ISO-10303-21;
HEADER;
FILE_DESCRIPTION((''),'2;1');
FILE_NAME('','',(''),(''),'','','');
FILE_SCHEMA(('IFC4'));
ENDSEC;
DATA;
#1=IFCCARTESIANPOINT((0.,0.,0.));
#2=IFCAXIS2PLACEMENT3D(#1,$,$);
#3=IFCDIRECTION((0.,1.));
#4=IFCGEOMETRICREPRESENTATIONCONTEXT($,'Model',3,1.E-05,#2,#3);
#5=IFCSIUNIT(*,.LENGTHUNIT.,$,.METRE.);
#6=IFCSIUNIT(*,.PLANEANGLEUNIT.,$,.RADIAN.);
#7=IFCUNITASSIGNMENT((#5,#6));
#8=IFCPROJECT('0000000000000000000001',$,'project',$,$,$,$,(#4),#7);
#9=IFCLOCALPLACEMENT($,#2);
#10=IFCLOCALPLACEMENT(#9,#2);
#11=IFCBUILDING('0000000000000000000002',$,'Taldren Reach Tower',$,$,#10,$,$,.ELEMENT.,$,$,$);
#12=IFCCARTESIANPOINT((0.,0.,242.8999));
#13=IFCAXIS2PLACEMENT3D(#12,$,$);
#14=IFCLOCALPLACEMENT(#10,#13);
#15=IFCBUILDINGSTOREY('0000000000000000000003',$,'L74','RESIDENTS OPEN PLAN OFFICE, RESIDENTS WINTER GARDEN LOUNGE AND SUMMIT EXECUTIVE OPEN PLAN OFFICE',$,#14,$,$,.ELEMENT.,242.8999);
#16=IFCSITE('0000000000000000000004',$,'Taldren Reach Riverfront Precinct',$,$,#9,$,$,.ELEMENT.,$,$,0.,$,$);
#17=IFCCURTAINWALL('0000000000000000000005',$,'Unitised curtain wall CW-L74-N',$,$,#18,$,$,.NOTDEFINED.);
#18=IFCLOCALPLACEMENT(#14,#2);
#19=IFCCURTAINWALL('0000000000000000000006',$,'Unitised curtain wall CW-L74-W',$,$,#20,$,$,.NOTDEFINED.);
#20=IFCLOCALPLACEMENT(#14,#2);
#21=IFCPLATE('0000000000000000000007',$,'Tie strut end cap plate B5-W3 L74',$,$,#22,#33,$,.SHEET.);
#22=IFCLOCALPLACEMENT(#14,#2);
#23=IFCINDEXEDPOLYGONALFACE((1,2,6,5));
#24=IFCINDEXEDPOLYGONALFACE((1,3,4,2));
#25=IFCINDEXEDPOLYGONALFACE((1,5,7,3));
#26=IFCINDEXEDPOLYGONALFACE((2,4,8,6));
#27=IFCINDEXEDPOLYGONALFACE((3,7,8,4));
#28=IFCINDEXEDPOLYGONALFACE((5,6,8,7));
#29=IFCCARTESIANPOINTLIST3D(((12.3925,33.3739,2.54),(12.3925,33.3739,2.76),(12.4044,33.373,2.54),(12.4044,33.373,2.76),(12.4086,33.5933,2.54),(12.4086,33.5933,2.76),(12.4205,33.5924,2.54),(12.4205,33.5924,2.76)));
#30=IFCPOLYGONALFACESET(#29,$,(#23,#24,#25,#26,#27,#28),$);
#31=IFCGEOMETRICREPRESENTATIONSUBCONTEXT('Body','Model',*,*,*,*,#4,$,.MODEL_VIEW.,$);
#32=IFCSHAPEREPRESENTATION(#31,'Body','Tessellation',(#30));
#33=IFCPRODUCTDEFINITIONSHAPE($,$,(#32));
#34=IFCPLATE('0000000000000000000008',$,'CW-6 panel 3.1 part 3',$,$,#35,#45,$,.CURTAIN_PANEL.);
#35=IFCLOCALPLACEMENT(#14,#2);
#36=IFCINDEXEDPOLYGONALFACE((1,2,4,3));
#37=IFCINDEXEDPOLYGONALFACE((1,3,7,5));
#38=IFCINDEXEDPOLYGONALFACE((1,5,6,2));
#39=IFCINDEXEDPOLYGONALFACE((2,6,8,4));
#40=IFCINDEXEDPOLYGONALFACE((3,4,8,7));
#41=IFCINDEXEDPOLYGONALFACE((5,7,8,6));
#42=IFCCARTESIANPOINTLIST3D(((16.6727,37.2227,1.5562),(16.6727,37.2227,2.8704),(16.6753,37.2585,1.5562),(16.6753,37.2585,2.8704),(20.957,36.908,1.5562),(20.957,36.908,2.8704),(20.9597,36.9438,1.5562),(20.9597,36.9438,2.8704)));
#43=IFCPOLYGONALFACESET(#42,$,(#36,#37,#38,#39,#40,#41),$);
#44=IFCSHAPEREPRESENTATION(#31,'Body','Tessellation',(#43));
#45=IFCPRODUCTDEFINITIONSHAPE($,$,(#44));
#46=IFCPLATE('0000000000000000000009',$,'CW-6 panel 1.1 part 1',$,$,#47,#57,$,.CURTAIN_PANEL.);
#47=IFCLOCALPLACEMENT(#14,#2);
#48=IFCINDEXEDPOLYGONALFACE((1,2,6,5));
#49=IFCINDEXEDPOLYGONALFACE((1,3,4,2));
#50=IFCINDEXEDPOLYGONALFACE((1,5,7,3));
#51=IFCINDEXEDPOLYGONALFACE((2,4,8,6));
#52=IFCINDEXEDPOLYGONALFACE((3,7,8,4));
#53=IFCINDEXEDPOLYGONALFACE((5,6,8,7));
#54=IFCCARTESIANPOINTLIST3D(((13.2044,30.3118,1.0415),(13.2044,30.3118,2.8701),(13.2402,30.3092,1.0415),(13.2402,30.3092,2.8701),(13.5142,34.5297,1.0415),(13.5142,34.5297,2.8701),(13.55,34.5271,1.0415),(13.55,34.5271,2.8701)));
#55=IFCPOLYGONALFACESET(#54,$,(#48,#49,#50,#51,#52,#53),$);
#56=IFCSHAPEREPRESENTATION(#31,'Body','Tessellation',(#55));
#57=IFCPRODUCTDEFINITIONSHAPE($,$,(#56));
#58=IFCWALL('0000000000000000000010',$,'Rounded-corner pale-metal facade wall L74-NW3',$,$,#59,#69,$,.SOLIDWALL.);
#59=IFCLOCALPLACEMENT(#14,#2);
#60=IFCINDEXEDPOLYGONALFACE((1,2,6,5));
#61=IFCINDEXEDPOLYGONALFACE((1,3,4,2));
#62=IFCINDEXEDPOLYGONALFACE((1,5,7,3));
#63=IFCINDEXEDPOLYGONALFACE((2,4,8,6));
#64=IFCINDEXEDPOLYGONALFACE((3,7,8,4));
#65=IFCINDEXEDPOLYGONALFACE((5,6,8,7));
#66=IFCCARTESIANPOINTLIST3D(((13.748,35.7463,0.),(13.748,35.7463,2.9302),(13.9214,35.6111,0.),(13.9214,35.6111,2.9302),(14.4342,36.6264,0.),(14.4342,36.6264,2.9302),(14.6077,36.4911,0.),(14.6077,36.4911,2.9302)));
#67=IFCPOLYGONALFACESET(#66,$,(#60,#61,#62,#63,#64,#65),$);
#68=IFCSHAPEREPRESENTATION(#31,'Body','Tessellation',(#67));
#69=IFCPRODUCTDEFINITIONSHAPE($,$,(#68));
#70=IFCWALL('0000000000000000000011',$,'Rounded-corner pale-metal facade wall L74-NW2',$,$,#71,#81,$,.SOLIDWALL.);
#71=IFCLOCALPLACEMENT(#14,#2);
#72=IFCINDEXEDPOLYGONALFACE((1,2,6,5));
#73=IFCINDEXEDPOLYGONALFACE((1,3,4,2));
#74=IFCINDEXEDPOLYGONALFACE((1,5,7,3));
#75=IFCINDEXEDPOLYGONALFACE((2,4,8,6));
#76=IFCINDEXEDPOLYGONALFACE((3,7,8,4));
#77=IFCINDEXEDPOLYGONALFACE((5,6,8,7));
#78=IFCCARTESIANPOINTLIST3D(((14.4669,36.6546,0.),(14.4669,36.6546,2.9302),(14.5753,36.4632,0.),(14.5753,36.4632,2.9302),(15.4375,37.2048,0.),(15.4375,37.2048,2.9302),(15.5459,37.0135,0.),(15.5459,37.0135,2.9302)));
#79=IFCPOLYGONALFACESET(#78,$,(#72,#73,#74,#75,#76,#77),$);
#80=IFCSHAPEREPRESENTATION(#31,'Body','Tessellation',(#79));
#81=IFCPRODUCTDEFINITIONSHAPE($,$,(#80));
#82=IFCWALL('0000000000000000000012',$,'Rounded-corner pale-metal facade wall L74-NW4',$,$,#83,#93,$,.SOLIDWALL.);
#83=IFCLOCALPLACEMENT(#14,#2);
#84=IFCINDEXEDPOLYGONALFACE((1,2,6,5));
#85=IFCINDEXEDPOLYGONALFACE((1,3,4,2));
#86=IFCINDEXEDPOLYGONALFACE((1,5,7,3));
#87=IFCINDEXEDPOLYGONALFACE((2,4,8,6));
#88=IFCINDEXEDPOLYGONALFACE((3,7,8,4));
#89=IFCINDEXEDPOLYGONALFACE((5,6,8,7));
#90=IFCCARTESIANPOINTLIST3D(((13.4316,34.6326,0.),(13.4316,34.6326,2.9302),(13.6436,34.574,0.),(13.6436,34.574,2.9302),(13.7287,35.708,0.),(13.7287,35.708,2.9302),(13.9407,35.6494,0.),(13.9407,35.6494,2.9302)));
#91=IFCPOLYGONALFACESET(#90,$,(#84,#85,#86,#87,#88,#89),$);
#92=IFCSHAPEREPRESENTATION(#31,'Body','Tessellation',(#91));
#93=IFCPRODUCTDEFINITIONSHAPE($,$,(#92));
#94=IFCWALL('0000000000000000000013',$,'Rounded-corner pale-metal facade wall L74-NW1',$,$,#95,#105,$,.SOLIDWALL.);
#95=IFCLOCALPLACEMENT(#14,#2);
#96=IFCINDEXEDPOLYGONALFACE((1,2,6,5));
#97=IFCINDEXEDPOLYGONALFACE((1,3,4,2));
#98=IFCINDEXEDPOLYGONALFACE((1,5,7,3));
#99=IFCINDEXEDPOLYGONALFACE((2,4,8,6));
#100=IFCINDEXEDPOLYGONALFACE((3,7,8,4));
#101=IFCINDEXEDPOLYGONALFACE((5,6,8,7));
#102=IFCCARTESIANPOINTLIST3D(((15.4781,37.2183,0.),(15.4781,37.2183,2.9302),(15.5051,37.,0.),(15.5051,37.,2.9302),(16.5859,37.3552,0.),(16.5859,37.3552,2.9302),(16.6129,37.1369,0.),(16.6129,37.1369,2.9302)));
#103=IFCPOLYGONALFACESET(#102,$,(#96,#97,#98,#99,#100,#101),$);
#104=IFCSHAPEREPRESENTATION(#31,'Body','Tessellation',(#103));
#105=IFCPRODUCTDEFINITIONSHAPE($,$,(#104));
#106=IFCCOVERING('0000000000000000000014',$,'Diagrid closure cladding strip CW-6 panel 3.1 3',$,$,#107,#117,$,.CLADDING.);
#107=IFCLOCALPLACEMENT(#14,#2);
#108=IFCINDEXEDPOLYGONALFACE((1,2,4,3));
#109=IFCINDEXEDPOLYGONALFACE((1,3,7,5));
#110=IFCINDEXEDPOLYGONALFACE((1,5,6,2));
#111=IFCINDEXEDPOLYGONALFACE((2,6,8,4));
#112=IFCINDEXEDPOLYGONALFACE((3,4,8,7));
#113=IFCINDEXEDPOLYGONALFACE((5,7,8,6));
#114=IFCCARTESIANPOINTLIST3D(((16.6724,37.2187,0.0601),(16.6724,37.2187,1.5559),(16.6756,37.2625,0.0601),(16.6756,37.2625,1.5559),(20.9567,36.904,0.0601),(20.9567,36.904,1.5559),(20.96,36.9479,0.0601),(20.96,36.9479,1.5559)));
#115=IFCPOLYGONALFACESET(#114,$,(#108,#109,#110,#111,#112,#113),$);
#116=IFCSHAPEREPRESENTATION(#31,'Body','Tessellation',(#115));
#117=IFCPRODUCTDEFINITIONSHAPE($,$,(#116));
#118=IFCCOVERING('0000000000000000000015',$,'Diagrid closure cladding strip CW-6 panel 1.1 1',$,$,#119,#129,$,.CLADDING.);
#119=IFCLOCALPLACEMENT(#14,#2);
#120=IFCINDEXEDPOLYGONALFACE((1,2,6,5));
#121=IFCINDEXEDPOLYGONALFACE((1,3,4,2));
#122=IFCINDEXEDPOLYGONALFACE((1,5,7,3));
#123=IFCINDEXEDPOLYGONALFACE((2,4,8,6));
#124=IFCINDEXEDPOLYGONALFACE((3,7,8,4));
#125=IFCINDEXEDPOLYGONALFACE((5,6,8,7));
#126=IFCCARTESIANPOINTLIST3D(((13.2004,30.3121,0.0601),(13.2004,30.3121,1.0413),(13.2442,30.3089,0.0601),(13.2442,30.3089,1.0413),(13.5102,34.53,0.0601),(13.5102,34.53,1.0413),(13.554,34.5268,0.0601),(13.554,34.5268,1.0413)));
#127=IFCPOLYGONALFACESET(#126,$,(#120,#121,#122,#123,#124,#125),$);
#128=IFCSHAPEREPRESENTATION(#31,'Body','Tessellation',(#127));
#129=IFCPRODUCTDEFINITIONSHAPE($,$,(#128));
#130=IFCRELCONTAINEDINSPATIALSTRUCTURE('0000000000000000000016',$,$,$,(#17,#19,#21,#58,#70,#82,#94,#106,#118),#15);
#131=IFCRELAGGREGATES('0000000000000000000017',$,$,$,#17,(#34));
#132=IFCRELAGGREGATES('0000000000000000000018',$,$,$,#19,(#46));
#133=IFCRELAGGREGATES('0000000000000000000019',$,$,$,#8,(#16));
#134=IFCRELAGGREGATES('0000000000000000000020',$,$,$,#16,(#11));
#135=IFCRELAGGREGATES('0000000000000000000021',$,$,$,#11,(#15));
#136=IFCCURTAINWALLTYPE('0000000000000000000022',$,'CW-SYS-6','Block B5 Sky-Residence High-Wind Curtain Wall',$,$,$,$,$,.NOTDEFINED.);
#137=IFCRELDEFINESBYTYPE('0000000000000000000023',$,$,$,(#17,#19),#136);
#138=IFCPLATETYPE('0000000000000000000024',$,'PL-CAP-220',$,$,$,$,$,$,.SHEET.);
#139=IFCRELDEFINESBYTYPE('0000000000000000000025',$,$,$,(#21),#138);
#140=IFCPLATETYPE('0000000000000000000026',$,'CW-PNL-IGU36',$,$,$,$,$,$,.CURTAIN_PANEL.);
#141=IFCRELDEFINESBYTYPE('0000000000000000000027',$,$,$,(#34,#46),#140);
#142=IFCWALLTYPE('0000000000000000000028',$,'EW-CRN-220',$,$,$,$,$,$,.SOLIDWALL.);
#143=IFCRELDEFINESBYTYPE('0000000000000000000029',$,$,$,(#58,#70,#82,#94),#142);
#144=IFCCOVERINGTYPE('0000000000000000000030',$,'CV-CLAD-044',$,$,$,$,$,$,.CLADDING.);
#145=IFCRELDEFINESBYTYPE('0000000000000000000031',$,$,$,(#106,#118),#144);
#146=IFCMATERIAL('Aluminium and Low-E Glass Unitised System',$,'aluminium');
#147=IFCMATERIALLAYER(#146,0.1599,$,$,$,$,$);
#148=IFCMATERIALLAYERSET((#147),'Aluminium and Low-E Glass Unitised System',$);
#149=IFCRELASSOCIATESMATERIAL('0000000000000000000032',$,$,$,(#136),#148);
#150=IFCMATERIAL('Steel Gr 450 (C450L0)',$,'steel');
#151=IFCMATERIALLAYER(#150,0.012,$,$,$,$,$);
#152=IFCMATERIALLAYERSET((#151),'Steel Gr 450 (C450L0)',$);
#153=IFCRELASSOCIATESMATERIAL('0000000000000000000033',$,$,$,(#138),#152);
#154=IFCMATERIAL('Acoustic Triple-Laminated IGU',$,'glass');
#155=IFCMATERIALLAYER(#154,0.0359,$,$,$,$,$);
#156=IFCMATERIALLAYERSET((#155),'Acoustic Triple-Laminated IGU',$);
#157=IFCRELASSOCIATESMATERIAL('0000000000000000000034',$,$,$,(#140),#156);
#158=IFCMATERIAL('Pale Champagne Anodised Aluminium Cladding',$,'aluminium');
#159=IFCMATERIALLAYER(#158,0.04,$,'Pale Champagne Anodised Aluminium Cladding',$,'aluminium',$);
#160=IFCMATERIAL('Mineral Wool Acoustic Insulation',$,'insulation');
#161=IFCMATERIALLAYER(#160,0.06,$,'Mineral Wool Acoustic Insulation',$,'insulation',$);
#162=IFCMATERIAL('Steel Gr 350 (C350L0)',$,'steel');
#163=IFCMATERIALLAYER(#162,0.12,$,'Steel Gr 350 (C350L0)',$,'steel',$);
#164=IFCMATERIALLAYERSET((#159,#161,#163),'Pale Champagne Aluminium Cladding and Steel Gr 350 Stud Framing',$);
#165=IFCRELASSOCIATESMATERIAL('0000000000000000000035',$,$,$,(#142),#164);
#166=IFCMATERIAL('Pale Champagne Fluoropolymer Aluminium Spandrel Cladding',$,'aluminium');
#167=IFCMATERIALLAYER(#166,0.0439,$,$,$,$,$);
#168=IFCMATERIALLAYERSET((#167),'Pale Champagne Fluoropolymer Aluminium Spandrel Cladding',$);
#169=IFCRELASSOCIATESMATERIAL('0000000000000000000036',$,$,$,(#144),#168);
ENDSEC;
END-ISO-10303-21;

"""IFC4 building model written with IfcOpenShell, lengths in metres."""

from ifc_helpers import new_model, si_unit, direction, frame, frame_2d, origin, origin_2d, place, context, subcontext, project, spatial, rectangle, extrude, source, transform, mapped, material, layer, layer_set, type_object, element, aggregate, save


model = new_model("IFC4")

# Units and contexts
model_context = context("Model", 3, precision=1e-05, world=origin(), true_north=direction((0.0, 1.0)))
body_context = subcontext(model_context, "Body", "Model", "MODEL_VIEW")
ifc_project = project(units=[si_unit("LENGTHUNIT", "METRE"), si_unit("PLANEANGLEUNIT", "RADIAN")], contexts=[model_context])

# Site, building, storey
site_placement = place(None, origin())
site = spatial("IfcSite", under=ifc_project, at=site_placement, Name="Taldren Reach Riverfront Precinct", CompositionType="ELEMENT", RefElevation=0.0)
building_placement = place(site_placement, origin())
building = spatial("IfcBuilding", under=site, at=building_placement, Name="Taldren Reach Tower", CompositionType="ELEMENT")
storey_placement = place(building_placement, frame((0.0, 0.0, 242.8999)))
storey = spatial("IfcBuildingStorey", under=building, at=storey_placement, Name="L74", Description="RESIDENTS OPEN PLAN OFFICE, RESIDENTS WINTER GARDEN LOUNGE AND SUMMIT EXECUTIVE OPEN PLAN OFFICE", CompositionType="ELEMENT", Elevation=242.8999)

# Shared definitions
ifc_material_1 = material(Name="Steel Gr 350 (C350L0)", Category="steel")

# Shared definitions
ifc_material_2 = material(Name="Steel Gr 450 (C450L0)", Category="steel")

# Curtain wall
ifc_material_3 = material(Name="Aluminium and Low-E Glass Unitised System", Category="aluminium")
ifc_layer_1 = layer(ifc_material_3, 0.1599)
ifc_layer_set_1 = layer_set([ifc_layer_1], Name="Aluminium and Low-E Glass Unitised System")
curtain_wall_type = type_object("IfcCurtainWallType", Name="CW-SYS-6", Description="Block B5 Sky-Residence High-Wind Curtain Wall", PredefinedType="NOTDEFINED", material=ifc_layer_set_1)
curtain_wall_1_placement = place(storey_placement, origin())
curtain_wall_1 = element("IfcCurtainWall", 1, at=curtain_wall_1_placement, inside=storey, type_object=curtain_wall_type, Name="Unitised curtain wall CW-L74-N", PredefinedType="NOTDEFINED")

# Curtain wall
curtain_wall_2_placement = place(storey_placement, origin())
curtain_wall_2 = element("IfcCurtainWall", 2, at=curtain_wall_2_placement, inside=storey, type_object=curtain_wall_type, Name="Unitised curtain wall CW-L74-W", PredefinedType="NOTDEFINED")

# Plate
ifc_layer_2 = layer(ifc_material_2, 0.012)
ifc_layer_set_2 = layer_set([ifc_layer_2], Name="Steel Gr 450 (C450L0)")
plate_type_1 = type_object("IfcPlateType", Name="PL-CAP-220", PredefinedType="SHEET", material=ifc_layer_set_2)
shared_shape_1 = source(origin(), body_context, "Body", "SweptSolid", [
    extrude(rectangle(XDim=0.012, YDim=0.22, at=origin_2d()), origin(), (0.0, 0.0, 1.0), 0.22),
])
plate_1_placement = place(storey_placement, frame((12.4065, 33.4832, 2.54), z_axis=(0.0, 0.0, 1.0), x_axis=(0.997314, -0.073238, 0.0)))
element("IfcPlate", 3, at=plate_1_placement, inside=storey, type_object=plate_type_1, Name="Tie strut end cap plate B5-W3 L74", PredefinedType="SHEET", context=body_context, shape_type="MappedRepresentation", body=[
    mapped(shared_shape_1, transform((0.0, 0.0, 0.0), scale=1.0)),
])

# Plates
ifc_material_4 = material(Name="Acoustic Triple-Laminated IGU", Category="glass")
ifc_layer_3 = layer(ifc_material_4, 0.0359)
ifc_layer_set_3 = layer_set([ifc_layer_3], Name="Acoustic Triple-Laminated IGU")
plate_type_2 = type_object("IfcPlateType", Name="CW-PNL-IGU36", PredefinedType="CURTAIN_PANEL", material=ifc_layer_set_3)
shared_shape_2 = source(origin(), body_context, "Body", "SweptSolid", [
    extrude(rectangle(XDim=4.2959, YDim=0.0359, at=origin_2d()), origin(), (0.0, 0.0, 1.0), 1.3142),
])
plate_2_placement = place(storey_placement, frame((18.8162, 37.0833, 1.5562), z_axis=(0.0, 0.0, 1.0), x_axis=(-0.997314, 0.073238, 0.0)))
plate_2 = element("IfcPlate", 4, at=plate_2_placement, type_object=plate_type_2, Name="CW-6 panel 3.1 part 3", PredefinedType="CURTAIN_PANEL", context=body_context, shape_type="MappedRepresentation", body=[
    mapped(shared_shape_2, transform((0.0, 0.0, 0.0), scale=1.0)),
])
aggregate(curtain_wall_1, [plate_2])
shared_shape_3 = source(origin(), body_context, "Body", "SweptSolid", [
    extrude(rectangle(XDim=4.2292, YDim=0.0359, at=origin_2d()), origin(), (0.0, 0.0, 1.0), 1.8286),
])
plate_3_placement = place(storey_placement, frame((13.3772, 32.4194, 1.0415), z_axis=(0.0, 0.0, 1.0), x_axis=(-0.073238, -0.997314, 0.0)))
plate_3 = element("IfcPlate", 5, at=plate_3_placement, type_object=plate_type_2, Name="CW-6 panel 1.1 part 1", PredefinedType="CURTAIN_PANEL", context=body_context, shape_type="MappedRepresentation", body=[
    mapped(shared_shape_3, transform((0.0, 0.0, 0.0), scale=1.0)),
])
aggregate(curtain_wall_2, [plate_3])

# Walls
ifc_material_5 = material(Name="Pale Champagne Anodised Aluminium Cladding", Category="aluminium")
ifc_layer_4 = layer(ifc_material_5, 0.04, Name="Pale Champagne Anodised Aluminium Cladding", Category="aluminium")
ifc_material_6 = material(Name="Mineral Wool Acoustic Insulation", Category="insulation")
ifc_layer_5 = layer(ifc_material_6, 0.06, Name="Mineral Wool Acoustic Insulation", Category="insulation")
ifc_layer_6 = layer(ifc_material_1, 0.12, Name="Steel Gr 350 (C350L0)", Category="steel")
ifc_layer_set_4 = layer_set([ifc_layer_4, ifc_layer_5, ifc_layer_6], Name="Pale Champagne Aluminium Cladding and Steel Gr 350 Stud Framing")
wall_type = type_object("IfcWallType", Name="EW-CRN-220", PredefinedType="SOLIDWALL", material=ifc_layer_set_4)
shared_shape_4 = source(origin(), body_context, "Body", "SweptSolid", [
    extrude(rectangle(XDim=1.116, YDim=0.22, at=frame_2d((0.5581, 0.0))), origin(), (0.0, 0.0, 1.0), 2.9302),
])
wall_1_placement = place(storey_placement, frame((14.521, 36.5588, 0.0), z_axis=(0.0, 0.0, 1.0), x_axis=(-0.614909, -0.788598, 0.0)))
element("IfcWall", 6, at=wall_1_placement, inside=storey, type_object=wall_type, Name="Rounded-corner pale-metal facade wall L74-NW3", PredefinedType="SOLIDWALL", context=body_context, shape_type="MappedRepresentation", body=[
    mapped(shared_shape_4, transform((0.0, 0.0, 0.0), scale=1.0)),
])
shared_shape_5 = source(origin(), body_context, "Body", "SweptSolid", [
    extrude(rectangle(XDim=1.1157, YDim=0.22, at=frame_2d((0.5579, 0.0))), origin(), (0.0, 0.0, 1.0), 2.9302),
])
for number, where, z_axis, x_axis, name in (
    (7, (15.4917, 37.1091, 0.0), (0.0, 0.0, 1.0), (-0.869935, -0.493167, 0.0), "Rounded-corner pale-metal facade wall L74-NW2"),
    (8, (13.8347, 35.6787, 0.0), (0.0, 0.0, 1.0), (-0.266301, -0.96389, 0.0), "Rounded-corner pale-metal facade wall L74-NW4"),
):
    element("IfcWall", number, at=place(storey_placement, frame(where, z_axis=z_axis, x_axis=x_axis)), inside=storey, type_object=wall_type, Name=name, PredefinedType="SOLIDWALL", context=body_context, shape_type="MappedRepresentation", body=[
        mapped(shared_shape_5, transform((0.0, 0.0, 0.0), scale=1.0)),
    ])
shared_shape_6 = source(origin(), body_context, "Body", "SweptSolid", [
    extrude(rectangle(XDim=1.1162, YDim=0.22, at=frame_2d((0.5581, 0.0))), origin(), (0.0, 0.0, 1.0), 2.9302),
])
wall_2_placement = place(storey_placement, frame((16.5994, 37.2461, 0.0), z_axis=(0.0, 0.0, 1.0), x_axis=(-0.992442, -0.122715, 0.0)))
element("IfcWall", 9, at=wall_2_placement, inside=storey, type_object=wall_type, Name="Rounded-corner pale-metal facade wall L74-NW1", PredefinedType="SOLIDWALL", context=body_context, shape_type="MappedRepresentation", body=[
    mapped(shared_shape_6, transform((0.0, 0.0, 0.0), scale=1.0)),
])

# Coverings
ifc_material_7 = material(Name="Pale Champagne Fluoropolymer Aluminium Spandrel Cladding", Category="aluminium")
ifc_layer_7 = layer(ifc_material_7, 0.0439)
ifc_layer_set_5 = layer_set([ifc_layer_7], Name="Pale Champagne Fluoropolymer Aluminium Spandrel Cladding")
covering_type = type_object("IfcCoveringType", Name="CV-CLAD-044", PredefinedType="CLADDING", material=ifc_layer_set_5)
shared_shape_7 = source(origin(), body_context, "Body", "SweptSolid", [
    extrude(rectangle(XDim=4.2959, YDim=0.0439, at=origin_2d()), origin(), (0.0, 0.0, 1.0), 1.4958),
])
covering_1_placement = place(storey_placement, frame((18.8162, 37.0833, 0.0601), z_axis=(0.0, 0.0, 1.0), x_axis=(-0.997314, 0.073238, 0.0)))
element("IfcCovering", 10, at=covering_1_placement, inside=storey, type_object=covering_type, Name="Diagrid closure cladding strip CW-6 panel 3.1 3", PredefinedType="CLADDING", context=body_context, shape_type="MappedRepresentation", body=[
    mapped(shared_shape_7, transform((0.0, 0.0, 0.0), scale=1.0)),
])
shared_shape_8 = source(origin(), body_context, "Body", "SweptSolid", [
    extrude(rectangle(XDim=4.2292, YDim=0.0439, at=origin_2d()), origin(), (0.0, 0.0, 1.0), 0.9812),
])
covering_2_placement = place(storey_placement, frame((13.3772, 32.4194, 0.0601), z_axis=(0.0, 0.0, 1.0), x_axis=(-0.073238, -0.997314, 0.0)))
element("IfcCovering", 11, at=covering_2_placement, inside=storey, type_object=covering_type, Name="Diagrid closure cladding strip CW-6 panel 1.1 1", PredefinedType="CLADDING", context=body_context, shape_type="MappedRepresentation", body=[
    mapped(shared_shape_8, transform((0.0, 0.0, 0.0), scale=1.0)),
])

save(model, "model.ifc")
